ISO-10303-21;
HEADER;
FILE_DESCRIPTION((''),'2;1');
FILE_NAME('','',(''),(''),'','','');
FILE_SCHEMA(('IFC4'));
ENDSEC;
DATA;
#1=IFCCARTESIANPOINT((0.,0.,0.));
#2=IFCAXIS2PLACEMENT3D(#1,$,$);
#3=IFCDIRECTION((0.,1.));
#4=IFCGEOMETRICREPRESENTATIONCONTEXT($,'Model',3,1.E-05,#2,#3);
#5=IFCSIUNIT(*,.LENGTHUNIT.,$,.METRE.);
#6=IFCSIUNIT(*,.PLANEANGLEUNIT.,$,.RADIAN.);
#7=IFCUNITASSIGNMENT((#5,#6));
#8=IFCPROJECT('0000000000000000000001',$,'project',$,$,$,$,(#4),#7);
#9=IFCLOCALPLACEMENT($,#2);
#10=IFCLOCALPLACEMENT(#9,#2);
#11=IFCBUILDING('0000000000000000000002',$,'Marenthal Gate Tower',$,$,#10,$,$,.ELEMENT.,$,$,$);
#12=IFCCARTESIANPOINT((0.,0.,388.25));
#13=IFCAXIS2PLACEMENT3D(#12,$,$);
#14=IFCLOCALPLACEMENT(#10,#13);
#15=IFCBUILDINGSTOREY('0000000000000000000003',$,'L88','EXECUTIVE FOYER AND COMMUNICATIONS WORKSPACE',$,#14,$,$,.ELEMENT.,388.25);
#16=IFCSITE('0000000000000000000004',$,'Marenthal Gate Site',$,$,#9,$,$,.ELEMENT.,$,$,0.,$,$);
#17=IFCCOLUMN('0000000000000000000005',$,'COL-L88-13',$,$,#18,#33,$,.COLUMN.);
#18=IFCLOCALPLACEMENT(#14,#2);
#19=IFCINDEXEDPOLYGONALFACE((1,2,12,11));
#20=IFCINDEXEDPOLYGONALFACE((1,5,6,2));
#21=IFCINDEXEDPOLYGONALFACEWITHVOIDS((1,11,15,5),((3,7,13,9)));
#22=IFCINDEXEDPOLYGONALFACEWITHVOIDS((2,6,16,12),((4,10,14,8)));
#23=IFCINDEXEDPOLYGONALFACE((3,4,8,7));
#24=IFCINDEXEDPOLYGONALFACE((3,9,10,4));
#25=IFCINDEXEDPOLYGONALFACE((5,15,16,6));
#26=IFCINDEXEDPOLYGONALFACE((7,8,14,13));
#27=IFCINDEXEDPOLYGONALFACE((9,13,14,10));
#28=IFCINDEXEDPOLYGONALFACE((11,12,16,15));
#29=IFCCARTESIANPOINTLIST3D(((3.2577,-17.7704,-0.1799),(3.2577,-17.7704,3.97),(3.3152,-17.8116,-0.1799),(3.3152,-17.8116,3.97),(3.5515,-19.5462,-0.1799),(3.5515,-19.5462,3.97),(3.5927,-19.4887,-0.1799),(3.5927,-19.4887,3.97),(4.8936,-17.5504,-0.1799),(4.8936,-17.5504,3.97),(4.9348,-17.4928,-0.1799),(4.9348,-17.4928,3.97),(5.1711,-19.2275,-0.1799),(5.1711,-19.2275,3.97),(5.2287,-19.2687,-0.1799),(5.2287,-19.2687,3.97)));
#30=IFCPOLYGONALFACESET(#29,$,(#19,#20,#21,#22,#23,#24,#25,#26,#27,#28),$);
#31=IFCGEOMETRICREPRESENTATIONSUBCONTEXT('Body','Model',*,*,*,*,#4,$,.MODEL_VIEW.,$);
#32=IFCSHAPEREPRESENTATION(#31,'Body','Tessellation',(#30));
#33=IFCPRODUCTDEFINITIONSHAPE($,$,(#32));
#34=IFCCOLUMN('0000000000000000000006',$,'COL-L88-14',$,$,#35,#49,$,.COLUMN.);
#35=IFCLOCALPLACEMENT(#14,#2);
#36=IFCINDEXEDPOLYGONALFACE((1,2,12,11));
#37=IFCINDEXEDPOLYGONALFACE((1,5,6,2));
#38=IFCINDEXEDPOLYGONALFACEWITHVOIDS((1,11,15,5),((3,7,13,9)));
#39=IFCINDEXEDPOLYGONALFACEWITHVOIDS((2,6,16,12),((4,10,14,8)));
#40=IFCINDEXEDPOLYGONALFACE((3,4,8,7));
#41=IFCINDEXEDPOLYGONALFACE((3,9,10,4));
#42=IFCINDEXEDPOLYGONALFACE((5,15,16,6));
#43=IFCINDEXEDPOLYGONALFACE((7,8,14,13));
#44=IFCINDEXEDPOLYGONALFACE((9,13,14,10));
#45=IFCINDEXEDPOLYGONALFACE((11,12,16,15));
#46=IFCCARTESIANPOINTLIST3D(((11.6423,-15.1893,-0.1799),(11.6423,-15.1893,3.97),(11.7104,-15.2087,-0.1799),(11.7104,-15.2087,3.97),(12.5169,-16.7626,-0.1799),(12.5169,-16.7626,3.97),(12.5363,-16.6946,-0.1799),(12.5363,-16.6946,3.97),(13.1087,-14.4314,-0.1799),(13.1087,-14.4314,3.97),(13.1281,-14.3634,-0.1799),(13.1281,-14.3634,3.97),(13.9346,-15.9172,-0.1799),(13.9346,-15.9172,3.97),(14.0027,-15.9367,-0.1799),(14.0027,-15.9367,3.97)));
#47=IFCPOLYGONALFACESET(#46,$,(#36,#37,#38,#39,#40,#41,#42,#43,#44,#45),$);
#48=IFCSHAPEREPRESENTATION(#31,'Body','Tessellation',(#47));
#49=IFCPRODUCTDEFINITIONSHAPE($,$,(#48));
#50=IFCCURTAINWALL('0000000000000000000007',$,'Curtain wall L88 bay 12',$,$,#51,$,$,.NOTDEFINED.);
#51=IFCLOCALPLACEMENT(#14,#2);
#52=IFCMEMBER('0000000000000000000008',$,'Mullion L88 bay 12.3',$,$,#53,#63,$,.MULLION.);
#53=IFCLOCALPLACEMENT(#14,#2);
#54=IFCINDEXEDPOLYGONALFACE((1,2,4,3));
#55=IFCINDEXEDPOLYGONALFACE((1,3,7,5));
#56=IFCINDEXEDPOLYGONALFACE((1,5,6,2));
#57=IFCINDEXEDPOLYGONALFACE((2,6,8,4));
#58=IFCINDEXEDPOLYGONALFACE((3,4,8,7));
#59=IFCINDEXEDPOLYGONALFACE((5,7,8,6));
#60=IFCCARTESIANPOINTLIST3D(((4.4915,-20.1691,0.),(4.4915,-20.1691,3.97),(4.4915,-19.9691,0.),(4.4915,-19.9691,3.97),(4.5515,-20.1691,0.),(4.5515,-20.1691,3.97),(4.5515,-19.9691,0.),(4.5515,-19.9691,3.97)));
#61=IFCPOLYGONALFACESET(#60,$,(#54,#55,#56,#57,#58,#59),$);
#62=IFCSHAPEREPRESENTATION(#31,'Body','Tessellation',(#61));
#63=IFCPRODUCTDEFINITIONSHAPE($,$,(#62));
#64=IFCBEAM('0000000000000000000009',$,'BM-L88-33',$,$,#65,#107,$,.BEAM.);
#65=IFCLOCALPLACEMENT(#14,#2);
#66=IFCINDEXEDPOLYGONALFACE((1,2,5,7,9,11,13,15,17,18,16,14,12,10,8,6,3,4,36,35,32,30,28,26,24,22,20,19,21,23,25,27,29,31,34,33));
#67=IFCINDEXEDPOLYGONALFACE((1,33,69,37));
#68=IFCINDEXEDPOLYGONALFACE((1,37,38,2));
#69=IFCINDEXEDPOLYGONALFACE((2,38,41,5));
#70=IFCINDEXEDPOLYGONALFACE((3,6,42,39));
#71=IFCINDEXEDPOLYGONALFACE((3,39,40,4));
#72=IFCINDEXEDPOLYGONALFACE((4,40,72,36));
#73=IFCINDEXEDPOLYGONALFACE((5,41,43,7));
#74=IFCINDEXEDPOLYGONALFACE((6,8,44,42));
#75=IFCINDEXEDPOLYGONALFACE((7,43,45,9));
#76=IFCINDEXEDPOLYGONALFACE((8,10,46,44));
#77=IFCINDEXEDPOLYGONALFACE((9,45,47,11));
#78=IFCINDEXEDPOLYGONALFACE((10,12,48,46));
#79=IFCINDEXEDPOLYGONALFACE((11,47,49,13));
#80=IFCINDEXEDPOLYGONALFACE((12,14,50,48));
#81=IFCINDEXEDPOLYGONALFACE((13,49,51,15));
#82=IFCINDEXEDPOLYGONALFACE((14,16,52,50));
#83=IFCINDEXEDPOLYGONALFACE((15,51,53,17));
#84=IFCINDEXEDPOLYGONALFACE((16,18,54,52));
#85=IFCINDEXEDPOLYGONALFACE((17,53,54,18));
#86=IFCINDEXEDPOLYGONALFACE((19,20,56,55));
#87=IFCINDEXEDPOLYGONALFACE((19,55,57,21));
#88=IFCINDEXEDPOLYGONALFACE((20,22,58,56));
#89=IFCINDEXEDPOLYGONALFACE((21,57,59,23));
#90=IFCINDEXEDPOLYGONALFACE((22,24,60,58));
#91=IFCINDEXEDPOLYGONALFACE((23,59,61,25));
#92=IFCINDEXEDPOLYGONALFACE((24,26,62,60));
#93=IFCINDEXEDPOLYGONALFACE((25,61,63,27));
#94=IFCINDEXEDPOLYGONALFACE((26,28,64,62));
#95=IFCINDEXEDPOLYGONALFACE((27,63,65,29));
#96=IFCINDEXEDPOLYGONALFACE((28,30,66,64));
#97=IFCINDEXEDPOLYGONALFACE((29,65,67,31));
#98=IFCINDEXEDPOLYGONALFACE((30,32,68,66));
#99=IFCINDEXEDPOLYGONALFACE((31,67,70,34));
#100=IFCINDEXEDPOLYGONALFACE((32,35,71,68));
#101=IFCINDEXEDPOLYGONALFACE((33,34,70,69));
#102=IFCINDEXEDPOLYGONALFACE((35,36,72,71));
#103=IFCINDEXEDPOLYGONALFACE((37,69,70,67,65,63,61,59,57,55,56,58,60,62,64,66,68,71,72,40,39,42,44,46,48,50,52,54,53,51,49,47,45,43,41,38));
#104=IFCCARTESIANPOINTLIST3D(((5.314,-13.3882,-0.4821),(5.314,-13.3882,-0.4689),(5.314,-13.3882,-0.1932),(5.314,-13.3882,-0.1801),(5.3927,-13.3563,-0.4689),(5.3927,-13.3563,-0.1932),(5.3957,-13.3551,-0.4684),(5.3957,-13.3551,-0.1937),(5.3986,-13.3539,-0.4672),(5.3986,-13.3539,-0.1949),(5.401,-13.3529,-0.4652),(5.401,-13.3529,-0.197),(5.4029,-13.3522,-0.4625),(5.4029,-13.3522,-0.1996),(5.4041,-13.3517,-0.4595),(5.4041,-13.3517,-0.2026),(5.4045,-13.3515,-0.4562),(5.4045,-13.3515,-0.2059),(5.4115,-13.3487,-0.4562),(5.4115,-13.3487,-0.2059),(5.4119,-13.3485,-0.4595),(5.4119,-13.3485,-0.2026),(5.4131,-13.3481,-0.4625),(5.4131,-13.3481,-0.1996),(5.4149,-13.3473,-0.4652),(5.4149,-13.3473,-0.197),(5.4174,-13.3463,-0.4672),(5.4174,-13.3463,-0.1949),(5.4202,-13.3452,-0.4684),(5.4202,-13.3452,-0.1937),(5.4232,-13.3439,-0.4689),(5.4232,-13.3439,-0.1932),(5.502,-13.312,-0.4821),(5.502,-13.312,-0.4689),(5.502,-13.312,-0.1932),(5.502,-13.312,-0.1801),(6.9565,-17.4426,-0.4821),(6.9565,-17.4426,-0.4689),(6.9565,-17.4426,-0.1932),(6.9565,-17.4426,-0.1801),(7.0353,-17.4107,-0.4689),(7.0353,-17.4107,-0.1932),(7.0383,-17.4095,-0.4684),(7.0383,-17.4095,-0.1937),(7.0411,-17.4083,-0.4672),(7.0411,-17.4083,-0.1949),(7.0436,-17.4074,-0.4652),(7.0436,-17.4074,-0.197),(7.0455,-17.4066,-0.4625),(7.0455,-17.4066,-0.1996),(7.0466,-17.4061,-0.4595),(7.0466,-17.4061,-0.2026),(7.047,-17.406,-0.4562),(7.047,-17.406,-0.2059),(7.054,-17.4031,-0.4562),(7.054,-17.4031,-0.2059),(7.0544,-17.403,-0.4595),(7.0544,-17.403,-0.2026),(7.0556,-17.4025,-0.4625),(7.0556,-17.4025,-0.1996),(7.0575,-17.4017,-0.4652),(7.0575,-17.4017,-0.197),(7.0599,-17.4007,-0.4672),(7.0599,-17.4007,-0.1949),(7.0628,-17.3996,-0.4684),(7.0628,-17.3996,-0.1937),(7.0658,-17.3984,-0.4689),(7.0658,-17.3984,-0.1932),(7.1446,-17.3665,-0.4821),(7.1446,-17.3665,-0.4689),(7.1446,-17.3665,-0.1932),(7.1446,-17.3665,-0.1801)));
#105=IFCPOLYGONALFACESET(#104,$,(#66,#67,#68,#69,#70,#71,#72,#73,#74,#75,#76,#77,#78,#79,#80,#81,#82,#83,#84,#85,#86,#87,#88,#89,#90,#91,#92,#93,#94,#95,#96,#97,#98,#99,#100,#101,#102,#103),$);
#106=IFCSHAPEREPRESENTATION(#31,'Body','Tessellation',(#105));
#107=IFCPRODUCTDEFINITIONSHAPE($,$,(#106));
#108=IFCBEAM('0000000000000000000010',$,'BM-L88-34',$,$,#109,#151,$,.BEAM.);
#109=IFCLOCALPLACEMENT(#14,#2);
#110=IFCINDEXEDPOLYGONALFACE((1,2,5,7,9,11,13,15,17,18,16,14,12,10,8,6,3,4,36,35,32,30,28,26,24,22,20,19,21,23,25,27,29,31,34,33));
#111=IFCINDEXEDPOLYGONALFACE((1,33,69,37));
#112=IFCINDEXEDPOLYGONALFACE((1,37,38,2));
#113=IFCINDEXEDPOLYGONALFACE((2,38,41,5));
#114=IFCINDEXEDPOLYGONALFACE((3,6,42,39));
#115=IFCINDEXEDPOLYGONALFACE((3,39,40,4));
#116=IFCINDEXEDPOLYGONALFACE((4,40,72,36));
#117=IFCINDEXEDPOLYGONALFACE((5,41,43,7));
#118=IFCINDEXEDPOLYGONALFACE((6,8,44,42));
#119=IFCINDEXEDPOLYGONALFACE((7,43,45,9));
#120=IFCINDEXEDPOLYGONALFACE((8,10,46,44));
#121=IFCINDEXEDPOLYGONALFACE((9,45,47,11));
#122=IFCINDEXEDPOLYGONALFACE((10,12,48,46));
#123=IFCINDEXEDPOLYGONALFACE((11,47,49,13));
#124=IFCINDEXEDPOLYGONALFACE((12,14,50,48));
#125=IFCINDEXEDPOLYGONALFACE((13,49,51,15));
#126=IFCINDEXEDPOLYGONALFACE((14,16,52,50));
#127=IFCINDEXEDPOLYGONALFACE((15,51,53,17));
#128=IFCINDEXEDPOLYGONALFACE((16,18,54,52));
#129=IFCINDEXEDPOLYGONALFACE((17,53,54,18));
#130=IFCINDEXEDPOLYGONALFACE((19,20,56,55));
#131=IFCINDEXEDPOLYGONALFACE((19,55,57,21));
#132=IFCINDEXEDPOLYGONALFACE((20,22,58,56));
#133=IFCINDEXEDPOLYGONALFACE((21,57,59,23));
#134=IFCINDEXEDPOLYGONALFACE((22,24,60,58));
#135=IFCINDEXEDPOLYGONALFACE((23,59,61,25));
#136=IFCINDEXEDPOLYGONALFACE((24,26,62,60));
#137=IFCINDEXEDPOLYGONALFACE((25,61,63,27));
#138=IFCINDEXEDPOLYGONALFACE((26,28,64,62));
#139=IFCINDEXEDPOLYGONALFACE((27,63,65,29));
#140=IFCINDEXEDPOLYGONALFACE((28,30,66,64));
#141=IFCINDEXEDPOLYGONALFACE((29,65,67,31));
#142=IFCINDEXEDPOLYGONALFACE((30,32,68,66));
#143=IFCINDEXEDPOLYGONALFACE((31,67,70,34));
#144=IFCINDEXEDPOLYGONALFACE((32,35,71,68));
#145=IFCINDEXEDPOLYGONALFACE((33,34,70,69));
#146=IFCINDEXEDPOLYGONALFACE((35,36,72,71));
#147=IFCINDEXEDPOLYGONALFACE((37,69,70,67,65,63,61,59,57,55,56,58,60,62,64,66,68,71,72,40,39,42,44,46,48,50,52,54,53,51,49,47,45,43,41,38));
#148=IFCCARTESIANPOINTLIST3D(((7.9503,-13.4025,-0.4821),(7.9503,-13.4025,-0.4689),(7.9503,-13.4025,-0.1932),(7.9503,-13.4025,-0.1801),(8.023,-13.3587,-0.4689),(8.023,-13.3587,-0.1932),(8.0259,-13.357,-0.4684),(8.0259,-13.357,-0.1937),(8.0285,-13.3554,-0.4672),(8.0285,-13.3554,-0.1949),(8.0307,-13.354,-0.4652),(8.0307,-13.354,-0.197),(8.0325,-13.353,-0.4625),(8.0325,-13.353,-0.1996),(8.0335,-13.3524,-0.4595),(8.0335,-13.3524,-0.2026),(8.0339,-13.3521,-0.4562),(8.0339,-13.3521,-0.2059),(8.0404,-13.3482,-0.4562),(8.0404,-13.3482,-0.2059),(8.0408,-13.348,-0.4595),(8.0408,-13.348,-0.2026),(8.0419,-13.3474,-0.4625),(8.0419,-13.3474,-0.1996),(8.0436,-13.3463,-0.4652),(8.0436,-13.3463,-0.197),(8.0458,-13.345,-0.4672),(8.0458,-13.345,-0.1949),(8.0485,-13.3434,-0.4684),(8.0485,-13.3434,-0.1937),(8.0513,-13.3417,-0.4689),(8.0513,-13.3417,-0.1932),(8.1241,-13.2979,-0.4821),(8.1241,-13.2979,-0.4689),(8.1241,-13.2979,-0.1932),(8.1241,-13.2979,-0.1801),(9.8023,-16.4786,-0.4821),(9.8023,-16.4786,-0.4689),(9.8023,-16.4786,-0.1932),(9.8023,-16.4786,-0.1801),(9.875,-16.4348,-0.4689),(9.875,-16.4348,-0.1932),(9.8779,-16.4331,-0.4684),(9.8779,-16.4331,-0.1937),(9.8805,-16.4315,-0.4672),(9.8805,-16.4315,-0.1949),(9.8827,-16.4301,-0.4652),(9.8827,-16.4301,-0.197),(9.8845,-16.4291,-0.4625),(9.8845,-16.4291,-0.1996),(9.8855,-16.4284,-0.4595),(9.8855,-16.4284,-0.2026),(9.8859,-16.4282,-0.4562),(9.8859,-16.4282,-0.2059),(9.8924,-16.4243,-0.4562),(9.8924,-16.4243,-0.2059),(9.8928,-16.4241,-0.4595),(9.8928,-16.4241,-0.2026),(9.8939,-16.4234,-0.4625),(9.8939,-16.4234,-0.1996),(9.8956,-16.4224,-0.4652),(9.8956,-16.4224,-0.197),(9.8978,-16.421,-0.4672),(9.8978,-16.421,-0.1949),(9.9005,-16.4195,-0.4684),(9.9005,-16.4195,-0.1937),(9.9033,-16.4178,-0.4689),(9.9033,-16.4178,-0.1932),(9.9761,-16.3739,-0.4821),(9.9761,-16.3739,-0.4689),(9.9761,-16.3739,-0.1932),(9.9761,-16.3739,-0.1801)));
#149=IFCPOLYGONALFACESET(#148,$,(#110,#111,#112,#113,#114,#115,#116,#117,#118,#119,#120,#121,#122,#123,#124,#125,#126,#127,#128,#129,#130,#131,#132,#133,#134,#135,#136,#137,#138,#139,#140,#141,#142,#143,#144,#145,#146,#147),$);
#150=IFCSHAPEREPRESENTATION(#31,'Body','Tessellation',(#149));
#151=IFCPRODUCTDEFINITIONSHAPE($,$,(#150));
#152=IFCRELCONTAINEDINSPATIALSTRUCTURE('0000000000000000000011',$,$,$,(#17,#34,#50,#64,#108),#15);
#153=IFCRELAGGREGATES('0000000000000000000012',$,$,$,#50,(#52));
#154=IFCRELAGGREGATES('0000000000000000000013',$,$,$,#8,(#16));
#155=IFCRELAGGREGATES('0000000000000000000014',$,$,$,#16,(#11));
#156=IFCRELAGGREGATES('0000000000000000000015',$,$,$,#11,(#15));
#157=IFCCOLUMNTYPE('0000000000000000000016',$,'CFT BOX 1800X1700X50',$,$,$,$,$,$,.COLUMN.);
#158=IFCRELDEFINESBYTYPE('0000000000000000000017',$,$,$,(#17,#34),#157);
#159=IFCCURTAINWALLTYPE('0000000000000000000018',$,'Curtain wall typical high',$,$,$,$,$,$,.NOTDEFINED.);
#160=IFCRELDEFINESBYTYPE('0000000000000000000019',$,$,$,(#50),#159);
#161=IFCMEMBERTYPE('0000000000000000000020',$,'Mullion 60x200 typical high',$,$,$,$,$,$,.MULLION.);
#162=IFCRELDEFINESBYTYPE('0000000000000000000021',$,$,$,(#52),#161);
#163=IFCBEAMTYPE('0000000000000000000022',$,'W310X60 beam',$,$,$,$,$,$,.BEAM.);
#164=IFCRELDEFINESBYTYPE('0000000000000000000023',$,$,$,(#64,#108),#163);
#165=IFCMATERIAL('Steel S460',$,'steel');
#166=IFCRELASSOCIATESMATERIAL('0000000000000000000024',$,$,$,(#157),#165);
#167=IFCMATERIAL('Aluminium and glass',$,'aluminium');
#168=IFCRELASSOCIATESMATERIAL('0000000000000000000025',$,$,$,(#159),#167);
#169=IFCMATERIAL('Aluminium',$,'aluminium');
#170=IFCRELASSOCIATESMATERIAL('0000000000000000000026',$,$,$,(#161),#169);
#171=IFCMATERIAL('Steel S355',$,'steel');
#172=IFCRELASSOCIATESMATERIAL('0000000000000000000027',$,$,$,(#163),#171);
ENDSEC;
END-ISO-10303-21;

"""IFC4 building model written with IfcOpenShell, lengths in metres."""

from ifc_helpers import new_model, si_unit, direction, frame, origin, origin_2d, place, context, subcontext, project, spatial, rectangle, hollow_rectangle, i_section, extrude, material, material_profile, profile_set, type_object, element, aggregate, save


model = new_model("IFC4")

# Units and contexts
model_context = context("Model", 3, precision=1e-05, world=origin(), true_north=direction((0.0, 1.0)))
body_context = subcontext(model_context, "Body", "Model", "MODEL_VIEW")
ifc_project = project(units=[si_unit("LENGTHUNIT", "METRE"), si_unit("PLANEANGLEUNIT", "RADIAN")], contexts=[model_context])

# Site, building, storey
site_placement = place(None, origin())
site = spatial("IfcSite", under=ifc_project, at=site_placement, Name="Marenthal Gate Site", CompositionType="ELEMENT", RefElevation=0.0)
building_placement = place(site_placement, origin())
building = spatial("IfcBuilding", under=site, at=building_placement, Name="Marenthal Gate Tower", CompositionType="ELEMENT")
storey_placement = place(building_placement, frame((0.0, 0.0, 388.25)))
storey = spatial("IfcBuildingStorey", under=building, at=storey_placement, Name="L88", Description="EXECUTIVE FOYER AND COMMUNICATIONS WORKSPACE", CompositionType="ELEMENT", Elevation=388.25)

# Columns
ifc_material_1 = material(Name="Steel S460", Category="steel")
ifc_material_profile_1 = material_profile(ifc_material_1, hollow_rectangle(XDim=1.7, YDim=1.8, WallThickness=0.05, at=origin_2d()), Name="CFT BOX 1800X1700X50")
ifc_material_2 = material(Name="Concrete 70 MPa", Category="concrete")
ifc_material_profile_2 = material_profile(ifc_material_2, rectangle(XDim=1.6001, YDim=1.7, at=origin_2d()), Name="CFT BOX 1800X1700X50 INFILL")
ifc_profile_set_1 = profile_set([ifc_material_profile_1, ifc_material_profile_2], Name="Steel S460 shell, Concrete 70 MPa infill")
column_type = type_object("IfcColumnType", Name="CFT BOX 1800X1700X50", PredefinedType="COLUMN", material=ifc_profile_set_1)
for number, where, z_axis, x_axis, name in (
    (1, (4.2432, -18.5195, -0.1799), (0.0, 0.0, 1.0), (-0.986583, -0.163262, 0.0), "COL-L88-13"),
    (2, (12.8225, -15.563, -0.1799), (0.0, 0.0, 1.0), (-0.874037, -0.48586, 0.0), "COL-L88-14"),
):
    element("IfcColumn", number, at=place(storey_placement, frame(where, z_axis=z_axis, x_axis=x_axis)), inside=storey, type_object=column_type, Name=name, PredefinedType="COLUMN", context=body_context, shape_type="SweptSolid", body=[
        extrude(hollow_rectangle(XDim=1.7, YDim=1.8, WallThickness=0.05, at=origin_2d()), origin(), (0.0, 0.0, 1.0), 4.1499),
    ])

# Curtain wall, member
ifc_material_3 = material(Name="Aluminium and glass", Category="aluminium")
curtain_wall_type = type_object("IfcCurtainWallType", Name="Curtain wall typical high", PredefinedType="NOTDEFINED", material=ifc_material_3)
curtain_wall_placement = place(storey_placement, origin())
curtain_wall = element("IfcCurtainWall", 3, at=curtain_wall_placement, inside=storey, type_object=curtain_wall_type, Name="Curtain wall L88 bay 12", PredefinedType="NOTDEFINED")
ifc_material_4 = material(Name="Aluminium", Category="aluminium")
ifc_material_profile_3 = material_profile(ifc_material_4, rectangle(XDim=0.2, YDim=0.0601, at=origin_2d()), Name="60x200 aluminium mullion")
ifc_profile_set_2 = profile_set([ifc_material_profile_3], Name="Aluminium")
member_type = type_object("IfcMemberType", Name="Mullion 60x200 typical high", PredefinedType="MULLION", material=ifc_profile_set_2)
member_placement = place(storey_placement, frame((4.5215, -20.0691, 0.0), z_axis=(0.0, 0.0, 1.0), x_axis=(0.0, 1.0, 0.0)))
member = element("IfcMember", 4, at=member_placement, type_object=member_type, Name="Mullion L88 bay 12.3", PredefinedType="MULLION", context=body_context, shape_type="SweptSolid", body=[
    extrude(rectangle(XDim=0.2, YDim=0.0601, at=origin_2d()), origin(), (0.0, 0.0, 1.0), 3.97),
])

# Beams
ifc_material_5 = material(Name="Steel S355", Category="steel")
ifc_material_profile_4 = material_profile(ifc_material_5, i_section(OverallWidth=0.2029, OverallDepth=0.302, WebThickness=0.0076, FlangeThickness=0.0132, FilletRadius=0.0127, at=origin_2d()), Name="W310X60")
ifc_profile_set_3 = profile_set([ifc_material_profile_4], Name="Steel S355")
beam_type_1 = type_object("IfcBeamType", Name="W310X60 beam", PredefinedType="BEAM", material=ifc_profile_set_3)
beam_1_placement = place(storey_placement, frame((7.0505, -17.4045, -0.3311), z_axis=(-0.375486, 0.926828, 0.0), x_axis=(-0.926828, -0.375486, 0.0)))
element("IfcBeam", 5, at=beam_1_placement, inside=storey, type_object=beam_type_1, Name="BM-L88-33", PredefinedType="BEAM", context=body_context, shape_type="SweptSolid", body=[
    extrude(i_section(OverallWidth=0.2029, OverallDepth=0.302, WebThickness=0.0076, FlangeThickness=0.0132, FilletRadius=0.0127, at=origin_2d()), origin(), (0.0, 0.0, 1.0), 4.3745),
])
beam_2_placement = place(storey_placement, frame((9.8892, -16.4263, -0.3311), z_axis=(-0.515795, 0.856712, 0.0), x_axis=(-0.856712, -0.515795, 0.0)))
element("IfcBeam", 6, at=beam_2_placement, inside=storey, type_object=beam_type_1, Name="BM-L88-34", PredefinedType="BEAM", context=body_context, shape_type="SweptSolid", body=[
    extrude(i_section(OverallWidth=0.2029, OverallDepth=0.302, WebThickness=0.0076, FlangeThickness=0.0132, FilletRadius=0.0127, at=origin_2d()), origin(), (0.0, 0.0, 1.0), 3.5906),
])

aggregate(curtain_wall, [member])

save(model, "model.ifc")
